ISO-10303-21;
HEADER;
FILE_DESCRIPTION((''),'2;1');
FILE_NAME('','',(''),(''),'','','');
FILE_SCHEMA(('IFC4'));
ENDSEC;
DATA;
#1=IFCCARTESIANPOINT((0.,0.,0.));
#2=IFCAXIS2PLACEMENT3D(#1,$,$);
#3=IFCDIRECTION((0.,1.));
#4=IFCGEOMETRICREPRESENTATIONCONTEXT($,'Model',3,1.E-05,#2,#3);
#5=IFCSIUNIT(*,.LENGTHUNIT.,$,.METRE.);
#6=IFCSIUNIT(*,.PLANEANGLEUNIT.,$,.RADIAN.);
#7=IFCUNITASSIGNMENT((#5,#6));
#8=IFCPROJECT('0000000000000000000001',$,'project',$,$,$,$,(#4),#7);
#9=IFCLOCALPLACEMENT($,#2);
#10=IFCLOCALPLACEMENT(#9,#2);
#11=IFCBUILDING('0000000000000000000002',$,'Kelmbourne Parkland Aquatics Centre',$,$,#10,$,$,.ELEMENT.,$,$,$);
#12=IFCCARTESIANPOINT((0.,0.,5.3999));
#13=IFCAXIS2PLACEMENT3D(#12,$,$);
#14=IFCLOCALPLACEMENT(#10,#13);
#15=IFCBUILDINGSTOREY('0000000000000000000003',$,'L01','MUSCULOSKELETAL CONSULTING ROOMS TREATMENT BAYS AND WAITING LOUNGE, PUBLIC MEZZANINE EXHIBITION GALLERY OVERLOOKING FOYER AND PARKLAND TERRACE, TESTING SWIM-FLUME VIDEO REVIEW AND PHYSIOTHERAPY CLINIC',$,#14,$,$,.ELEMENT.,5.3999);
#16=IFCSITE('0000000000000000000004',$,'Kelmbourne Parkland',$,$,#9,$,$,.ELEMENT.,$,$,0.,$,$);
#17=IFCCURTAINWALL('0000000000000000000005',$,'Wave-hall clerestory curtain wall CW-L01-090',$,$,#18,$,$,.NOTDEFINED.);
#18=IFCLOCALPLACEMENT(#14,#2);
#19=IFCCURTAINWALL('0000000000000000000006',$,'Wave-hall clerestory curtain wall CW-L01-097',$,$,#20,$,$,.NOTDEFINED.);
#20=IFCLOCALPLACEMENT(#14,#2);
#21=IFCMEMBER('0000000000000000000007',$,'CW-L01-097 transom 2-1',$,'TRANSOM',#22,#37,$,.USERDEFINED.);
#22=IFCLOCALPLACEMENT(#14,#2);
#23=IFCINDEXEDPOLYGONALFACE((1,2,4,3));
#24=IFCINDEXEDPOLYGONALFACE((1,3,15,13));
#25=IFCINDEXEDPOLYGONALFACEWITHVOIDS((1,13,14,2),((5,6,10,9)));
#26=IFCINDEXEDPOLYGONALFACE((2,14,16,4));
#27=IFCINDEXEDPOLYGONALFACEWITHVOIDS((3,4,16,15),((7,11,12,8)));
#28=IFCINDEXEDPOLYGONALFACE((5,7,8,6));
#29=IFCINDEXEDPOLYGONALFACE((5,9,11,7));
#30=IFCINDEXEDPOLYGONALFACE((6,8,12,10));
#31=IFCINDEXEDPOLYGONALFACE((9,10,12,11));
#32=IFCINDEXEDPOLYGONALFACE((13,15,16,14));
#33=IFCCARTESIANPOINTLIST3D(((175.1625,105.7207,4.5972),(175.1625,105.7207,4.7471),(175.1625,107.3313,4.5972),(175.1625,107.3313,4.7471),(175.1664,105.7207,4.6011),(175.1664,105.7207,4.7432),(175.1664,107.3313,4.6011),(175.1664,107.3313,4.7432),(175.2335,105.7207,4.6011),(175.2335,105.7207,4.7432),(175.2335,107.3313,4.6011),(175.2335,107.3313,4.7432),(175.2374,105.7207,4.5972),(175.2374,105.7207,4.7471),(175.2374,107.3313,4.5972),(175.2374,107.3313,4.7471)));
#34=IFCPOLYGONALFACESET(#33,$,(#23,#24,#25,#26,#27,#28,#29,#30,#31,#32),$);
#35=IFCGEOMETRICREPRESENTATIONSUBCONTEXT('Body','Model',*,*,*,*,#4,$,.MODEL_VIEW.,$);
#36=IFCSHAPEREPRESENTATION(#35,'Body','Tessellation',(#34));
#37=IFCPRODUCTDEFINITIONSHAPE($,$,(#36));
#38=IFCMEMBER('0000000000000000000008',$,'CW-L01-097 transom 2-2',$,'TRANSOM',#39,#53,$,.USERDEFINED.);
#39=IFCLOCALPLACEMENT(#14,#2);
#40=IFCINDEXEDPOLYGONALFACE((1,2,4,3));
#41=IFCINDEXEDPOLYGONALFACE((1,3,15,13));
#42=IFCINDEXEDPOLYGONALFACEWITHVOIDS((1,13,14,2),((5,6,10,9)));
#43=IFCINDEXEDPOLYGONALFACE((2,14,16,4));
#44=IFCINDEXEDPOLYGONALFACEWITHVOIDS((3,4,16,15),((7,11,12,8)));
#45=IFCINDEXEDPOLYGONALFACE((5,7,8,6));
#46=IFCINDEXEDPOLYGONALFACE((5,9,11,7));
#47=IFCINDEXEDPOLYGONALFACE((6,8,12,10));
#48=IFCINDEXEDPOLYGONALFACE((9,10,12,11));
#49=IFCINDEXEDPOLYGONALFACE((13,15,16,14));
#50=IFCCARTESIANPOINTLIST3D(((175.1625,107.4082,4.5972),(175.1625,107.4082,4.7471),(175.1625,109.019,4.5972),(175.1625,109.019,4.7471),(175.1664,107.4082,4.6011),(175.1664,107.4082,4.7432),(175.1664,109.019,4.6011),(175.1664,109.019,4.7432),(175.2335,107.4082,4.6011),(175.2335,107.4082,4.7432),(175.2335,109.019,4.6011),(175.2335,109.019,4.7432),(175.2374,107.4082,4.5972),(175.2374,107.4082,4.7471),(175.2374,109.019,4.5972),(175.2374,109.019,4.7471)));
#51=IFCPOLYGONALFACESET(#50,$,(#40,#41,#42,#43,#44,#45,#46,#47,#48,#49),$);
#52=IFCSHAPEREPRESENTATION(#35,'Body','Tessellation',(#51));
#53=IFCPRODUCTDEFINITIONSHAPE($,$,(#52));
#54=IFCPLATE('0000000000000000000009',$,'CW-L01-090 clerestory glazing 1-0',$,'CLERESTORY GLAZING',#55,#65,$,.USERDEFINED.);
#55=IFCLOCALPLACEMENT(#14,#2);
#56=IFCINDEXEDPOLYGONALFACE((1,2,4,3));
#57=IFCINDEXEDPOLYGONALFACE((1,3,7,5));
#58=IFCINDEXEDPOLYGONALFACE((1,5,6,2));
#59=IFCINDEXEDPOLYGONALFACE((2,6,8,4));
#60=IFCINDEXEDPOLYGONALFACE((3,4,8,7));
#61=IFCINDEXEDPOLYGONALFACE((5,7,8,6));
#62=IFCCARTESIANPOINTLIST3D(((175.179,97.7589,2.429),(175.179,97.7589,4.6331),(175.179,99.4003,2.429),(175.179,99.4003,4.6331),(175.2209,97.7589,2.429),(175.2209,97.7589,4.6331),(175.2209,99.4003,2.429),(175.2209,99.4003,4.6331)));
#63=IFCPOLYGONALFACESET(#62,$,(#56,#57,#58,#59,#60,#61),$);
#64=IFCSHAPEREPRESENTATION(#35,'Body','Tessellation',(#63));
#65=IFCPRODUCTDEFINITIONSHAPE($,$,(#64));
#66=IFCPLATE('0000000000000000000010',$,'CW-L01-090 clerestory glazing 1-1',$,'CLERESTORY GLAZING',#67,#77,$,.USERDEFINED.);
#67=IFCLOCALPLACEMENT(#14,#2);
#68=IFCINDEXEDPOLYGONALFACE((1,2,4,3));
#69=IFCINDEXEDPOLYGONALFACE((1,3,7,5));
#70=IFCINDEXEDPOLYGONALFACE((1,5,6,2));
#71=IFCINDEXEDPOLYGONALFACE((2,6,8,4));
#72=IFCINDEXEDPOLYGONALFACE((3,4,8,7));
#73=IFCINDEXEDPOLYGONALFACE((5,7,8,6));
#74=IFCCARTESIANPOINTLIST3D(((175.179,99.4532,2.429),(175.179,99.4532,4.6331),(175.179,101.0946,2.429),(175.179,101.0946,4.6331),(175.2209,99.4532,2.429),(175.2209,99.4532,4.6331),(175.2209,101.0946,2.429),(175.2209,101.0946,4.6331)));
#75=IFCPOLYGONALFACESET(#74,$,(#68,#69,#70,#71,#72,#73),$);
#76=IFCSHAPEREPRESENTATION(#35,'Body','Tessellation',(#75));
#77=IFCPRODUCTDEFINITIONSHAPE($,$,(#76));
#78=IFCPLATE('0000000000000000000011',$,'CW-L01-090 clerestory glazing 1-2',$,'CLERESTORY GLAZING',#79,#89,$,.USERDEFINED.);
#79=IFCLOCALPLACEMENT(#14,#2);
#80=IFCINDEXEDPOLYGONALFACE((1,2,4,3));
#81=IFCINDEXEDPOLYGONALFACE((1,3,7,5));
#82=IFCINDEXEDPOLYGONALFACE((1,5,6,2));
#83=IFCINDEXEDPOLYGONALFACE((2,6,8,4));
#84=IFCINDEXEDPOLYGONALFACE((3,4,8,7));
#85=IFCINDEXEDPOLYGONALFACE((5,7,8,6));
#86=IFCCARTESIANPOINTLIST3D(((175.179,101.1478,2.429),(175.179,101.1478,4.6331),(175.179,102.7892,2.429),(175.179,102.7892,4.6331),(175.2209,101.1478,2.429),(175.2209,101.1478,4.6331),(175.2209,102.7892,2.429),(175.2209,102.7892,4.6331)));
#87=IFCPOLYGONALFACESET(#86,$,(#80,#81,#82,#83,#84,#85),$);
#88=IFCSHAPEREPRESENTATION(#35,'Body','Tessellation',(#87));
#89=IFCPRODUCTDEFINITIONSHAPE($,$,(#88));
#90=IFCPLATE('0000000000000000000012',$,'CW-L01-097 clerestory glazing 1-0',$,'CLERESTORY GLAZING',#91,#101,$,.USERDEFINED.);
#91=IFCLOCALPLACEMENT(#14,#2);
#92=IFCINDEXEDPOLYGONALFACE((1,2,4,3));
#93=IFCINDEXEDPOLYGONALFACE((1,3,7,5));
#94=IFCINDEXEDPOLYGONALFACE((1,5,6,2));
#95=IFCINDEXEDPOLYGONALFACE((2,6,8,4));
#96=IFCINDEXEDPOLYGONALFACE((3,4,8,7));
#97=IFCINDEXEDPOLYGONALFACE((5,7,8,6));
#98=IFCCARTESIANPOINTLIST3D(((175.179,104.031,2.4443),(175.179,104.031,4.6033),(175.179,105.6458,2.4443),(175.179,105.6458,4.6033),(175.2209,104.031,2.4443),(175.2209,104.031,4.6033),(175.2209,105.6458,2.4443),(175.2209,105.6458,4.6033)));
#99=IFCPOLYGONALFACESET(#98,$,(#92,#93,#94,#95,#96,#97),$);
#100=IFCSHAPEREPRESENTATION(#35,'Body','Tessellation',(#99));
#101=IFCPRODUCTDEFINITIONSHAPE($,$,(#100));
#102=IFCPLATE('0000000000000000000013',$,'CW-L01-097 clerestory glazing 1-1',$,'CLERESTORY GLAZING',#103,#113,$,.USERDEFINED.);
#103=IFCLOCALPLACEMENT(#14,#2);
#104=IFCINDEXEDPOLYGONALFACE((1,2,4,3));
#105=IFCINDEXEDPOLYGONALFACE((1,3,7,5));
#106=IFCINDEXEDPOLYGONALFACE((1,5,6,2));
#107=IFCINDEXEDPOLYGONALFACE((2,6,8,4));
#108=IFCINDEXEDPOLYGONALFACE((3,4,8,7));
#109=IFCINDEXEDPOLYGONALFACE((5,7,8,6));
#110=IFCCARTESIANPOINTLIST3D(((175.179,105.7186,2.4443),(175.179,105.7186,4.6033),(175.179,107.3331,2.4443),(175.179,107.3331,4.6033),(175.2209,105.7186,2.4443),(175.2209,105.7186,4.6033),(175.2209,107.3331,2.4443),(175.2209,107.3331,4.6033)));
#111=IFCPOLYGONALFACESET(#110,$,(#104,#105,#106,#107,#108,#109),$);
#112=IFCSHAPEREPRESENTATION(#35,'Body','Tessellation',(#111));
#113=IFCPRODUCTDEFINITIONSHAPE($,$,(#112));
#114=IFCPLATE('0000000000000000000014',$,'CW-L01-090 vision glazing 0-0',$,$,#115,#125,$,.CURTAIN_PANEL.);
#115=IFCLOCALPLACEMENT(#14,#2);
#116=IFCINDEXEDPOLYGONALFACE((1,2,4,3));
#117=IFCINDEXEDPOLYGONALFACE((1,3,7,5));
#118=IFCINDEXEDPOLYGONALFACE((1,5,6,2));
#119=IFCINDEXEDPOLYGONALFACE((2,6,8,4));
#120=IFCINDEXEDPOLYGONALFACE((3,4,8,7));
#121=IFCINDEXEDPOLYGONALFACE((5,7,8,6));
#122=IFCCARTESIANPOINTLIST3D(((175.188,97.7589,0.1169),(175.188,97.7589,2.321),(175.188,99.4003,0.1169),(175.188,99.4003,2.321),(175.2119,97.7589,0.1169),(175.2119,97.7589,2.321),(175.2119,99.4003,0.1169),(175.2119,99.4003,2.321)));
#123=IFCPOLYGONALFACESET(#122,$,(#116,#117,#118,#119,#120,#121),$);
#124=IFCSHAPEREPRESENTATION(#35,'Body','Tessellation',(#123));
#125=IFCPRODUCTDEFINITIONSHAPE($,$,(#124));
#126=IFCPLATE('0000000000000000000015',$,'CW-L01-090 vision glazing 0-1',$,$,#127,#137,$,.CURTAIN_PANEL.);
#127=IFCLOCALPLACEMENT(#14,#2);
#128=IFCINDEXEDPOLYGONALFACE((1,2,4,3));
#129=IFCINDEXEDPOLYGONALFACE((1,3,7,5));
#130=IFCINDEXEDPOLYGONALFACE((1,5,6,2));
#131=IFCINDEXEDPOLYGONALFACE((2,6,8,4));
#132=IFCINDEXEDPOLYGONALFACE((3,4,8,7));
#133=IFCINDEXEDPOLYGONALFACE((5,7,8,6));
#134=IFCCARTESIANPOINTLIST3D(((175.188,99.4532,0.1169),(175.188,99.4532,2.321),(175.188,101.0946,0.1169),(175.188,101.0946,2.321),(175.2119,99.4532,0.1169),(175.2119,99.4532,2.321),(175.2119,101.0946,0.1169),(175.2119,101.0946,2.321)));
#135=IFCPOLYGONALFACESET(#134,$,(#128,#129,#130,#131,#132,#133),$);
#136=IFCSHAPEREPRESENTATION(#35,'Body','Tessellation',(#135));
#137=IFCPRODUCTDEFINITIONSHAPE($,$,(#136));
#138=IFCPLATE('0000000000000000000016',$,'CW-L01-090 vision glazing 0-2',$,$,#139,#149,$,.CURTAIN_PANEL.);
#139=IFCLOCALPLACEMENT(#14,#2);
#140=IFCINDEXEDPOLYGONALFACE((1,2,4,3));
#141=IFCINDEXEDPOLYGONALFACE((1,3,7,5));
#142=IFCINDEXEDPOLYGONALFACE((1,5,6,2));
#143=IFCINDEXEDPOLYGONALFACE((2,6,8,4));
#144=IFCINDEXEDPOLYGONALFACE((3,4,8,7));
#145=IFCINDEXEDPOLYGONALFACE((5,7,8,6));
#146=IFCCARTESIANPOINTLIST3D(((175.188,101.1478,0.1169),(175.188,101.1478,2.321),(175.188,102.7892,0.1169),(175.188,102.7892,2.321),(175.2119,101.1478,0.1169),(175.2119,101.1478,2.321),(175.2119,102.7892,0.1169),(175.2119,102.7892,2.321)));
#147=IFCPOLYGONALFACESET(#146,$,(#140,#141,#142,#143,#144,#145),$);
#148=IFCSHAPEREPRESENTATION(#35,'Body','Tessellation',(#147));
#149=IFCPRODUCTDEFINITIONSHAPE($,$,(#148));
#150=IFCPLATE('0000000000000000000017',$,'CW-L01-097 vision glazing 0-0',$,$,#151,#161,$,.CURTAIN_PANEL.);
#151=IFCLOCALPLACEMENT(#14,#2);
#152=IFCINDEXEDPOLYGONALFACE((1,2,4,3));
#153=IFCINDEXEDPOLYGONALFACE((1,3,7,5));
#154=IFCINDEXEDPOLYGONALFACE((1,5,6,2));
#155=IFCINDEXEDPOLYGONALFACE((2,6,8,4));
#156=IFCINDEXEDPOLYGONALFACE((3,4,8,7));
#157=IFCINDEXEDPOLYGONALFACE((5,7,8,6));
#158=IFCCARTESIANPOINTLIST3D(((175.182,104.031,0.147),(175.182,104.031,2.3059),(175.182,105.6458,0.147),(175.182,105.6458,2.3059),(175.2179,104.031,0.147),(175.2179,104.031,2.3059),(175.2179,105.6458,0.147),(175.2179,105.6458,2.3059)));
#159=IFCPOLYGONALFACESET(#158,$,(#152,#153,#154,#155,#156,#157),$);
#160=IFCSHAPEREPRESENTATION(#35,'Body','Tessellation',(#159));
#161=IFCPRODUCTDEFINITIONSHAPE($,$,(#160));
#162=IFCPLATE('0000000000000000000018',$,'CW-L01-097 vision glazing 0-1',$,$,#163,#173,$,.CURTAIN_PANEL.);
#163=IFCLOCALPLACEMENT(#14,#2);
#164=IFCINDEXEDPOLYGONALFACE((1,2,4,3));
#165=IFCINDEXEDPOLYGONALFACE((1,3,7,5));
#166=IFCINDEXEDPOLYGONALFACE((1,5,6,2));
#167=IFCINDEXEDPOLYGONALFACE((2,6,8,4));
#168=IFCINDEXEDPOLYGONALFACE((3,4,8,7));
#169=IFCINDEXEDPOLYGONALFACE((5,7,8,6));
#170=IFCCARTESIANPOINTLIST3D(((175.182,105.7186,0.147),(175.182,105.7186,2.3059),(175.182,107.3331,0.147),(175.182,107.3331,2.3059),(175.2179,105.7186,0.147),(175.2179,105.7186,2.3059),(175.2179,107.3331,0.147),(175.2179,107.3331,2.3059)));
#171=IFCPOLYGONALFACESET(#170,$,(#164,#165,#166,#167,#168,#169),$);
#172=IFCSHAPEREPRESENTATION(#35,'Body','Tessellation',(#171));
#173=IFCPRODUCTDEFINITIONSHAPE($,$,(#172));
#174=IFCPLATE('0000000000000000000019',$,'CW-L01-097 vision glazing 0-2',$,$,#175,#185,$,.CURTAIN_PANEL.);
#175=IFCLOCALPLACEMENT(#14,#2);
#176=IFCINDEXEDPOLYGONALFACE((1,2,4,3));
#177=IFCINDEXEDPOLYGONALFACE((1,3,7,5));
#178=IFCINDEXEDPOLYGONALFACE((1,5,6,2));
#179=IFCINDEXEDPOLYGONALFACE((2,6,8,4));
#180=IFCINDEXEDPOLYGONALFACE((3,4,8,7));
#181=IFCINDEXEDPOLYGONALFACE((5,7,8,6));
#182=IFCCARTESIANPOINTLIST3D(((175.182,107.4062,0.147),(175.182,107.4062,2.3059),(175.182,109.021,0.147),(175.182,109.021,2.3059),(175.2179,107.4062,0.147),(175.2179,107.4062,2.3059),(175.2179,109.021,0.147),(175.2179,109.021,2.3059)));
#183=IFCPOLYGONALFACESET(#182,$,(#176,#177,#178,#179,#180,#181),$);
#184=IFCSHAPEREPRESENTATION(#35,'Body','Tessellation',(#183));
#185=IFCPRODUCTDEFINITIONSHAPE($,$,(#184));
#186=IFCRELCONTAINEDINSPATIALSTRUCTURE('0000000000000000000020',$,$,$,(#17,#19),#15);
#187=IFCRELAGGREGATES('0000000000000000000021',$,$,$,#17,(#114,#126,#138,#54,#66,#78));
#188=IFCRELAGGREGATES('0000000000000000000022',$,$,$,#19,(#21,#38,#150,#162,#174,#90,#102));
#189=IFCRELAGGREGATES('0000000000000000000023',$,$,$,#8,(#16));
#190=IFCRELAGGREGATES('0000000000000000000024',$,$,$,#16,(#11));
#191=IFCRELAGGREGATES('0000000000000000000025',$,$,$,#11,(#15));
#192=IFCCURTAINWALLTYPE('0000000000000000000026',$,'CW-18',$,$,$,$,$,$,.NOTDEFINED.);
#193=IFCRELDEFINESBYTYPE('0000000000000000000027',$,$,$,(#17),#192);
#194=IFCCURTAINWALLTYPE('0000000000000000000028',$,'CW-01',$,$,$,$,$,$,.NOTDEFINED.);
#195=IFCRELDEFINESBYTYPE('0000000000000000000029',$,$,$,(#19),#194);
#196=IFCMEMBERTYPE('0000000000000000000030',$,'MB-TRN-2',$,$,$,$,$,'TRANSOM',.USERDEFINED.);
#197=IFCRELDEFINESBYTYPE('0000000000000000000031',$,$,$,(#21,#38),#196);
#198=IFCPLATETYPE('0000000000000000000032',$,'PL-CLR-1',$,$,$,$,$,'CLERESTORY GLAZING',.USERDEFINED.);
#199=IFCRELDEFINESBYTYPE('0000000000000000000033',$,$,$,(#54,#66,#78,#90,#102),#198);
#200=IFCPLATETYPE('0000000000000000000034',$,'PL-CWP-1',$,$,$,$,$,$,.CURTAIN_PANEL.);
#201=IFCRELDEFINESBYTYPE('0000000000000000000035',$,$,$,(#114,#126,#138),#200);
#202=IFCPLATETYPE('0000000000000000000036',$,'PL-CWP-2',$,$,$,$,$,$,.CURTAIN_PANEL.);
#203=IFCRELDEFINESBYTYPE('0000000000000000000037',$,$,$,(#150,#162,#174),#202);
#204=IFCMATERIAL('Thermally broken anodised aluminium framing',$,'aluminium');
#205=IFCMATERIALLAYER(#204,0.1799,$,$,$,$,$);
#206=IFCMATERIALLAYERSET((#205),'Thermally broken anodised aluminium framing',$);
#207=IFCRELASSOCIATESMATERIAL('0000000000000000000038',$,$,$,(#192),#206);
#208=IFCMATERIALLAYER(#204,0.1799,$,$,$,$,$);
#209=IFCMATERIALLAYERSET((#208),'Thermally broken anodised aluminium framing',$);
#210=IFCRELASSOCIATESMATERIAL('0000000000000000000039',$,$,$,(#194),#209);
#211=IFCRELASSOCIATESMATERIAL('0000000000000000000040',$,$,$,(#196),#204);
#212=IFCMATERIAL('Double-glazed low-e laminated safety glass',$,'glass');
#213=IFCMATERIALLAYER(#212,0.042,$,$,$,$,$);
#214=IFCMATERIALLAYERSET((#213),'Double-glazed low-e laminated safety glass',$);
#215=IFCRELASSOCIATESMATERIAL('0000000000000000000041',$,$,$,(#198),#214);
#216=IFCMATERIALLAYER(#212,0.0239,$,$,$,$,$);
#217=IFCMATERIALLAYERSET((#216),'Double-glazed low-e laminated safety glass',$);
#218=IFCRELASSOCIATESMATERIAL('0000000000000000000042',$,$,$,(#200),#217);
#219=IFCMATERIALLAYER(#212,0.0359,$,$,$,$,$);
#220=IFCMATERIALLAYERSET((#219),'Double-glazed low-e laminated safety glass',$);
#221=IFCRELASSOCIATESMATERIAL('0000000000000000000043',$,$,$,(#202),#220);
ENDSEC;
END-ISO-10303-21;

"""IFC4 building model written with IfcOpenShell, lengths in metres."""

from ifc_helpers import new_model, si_unit, direction, frame, origin, origin_2d, place, context, subcontext, project, spatial, rectangle, hollow_rectangle, extrude, material, layer, layer_set, material_profile, profile_set, type_object, element, aggregate, save


model = new_model("IFC4")

# Units and contexts
model_context = context("Model", 3, precision=1e-05, world=origin(), true_north=direction((0.0, 1.0)))
body_context = subcontext(model_context, "Body", "Model", "MODEL_VIEW")
ifc_project = project(units=[si_unit("LENGTHUNIT", "METRE"), si_unit("PLANEANGLEUNIT", "RADIAN")], contexts=[model_context])

# Site, building, storey
site_placement = place(None, origin())
site = spatial("IfcSite", under=ifc_project, at=site_placement, Name="Kelmbourne Parkland", CompositionType="ELEMENT", RefElevation=0.0)
building_placement = place(site_placement, origin())
building = spatial("IfcBuilding", under=site, at=building_placement, Name="Kelmbourne Parkland Aquatics Centre", CompositionType="ELEMENT")
storey_placement = place(building_placement, frame((0.0, 0.0, 5.3999)))
storey = spatial("IfcBuildingStorey", under=building, at=storey_placement, Name="L01", Description="MUSCULOSKELETAL CONSULTING ROOMS TREATMENT BAYS AND WAITING LOUNGE, PUBLIC MEZZANINE EXHIBITION GALLERY OVERLOOKING FOYER AND PARKLAND TERRACE, TESTING SWIM-FLUME VIDEO REVIEW AND PHYSIOTHERAPY CLINIC", CompositionType="ELEMENT", Elevation=5.3999)

# Curtain walls
ifc_material_1 = material(Name="Thermally broken anodised aluminium framing", Category="aluminium")
ifc_layer_1 = layer(ifc_material_1, 0.1799)
ifc_layer_set_1 = layer_set([ifc_layer_1], Name="Thermally broken anodised aluminium framing")
curtain_wall_type_1 = type_object("IfcCurtainWallType", Name="CW-18", PredefinedType="NOTDEFINED", material=ifc_layer_set_1)
curtain_wall_1_placement = place(storey_placement, origin())
curtain_wall_1 = element("IfcCurtainWall", 1, at=curtain_wall_1_placement, inside=storey, type_object=curtain_wall_type_1, Name="Wave-hall clerestory curtain wall CW-L01-090", PredefinedType="NOTDEFINED")
ifc_layer_2 = layer(ifc_material_1, 0.1799)
ifc_layer_set_2 = layer_set([ifc_layer_2], Name="Thermally broken anodised aluminium framing")
curtain_wall_type_2 = type_object("IfcCurtainWallType", Name="CW-01", PredefinedType="NOTDEFINED", material=ifc_layer_set_2)
curtain_wall_2_placement = place(storey_placement, origin())
curtain_wall_2 = element("IfcCurtainWall", 2, at=curtain_wall_2_placement, inside=storey, type_object=curtain_wall_type_2, Name="Wave-hall clerestory curtain wall CW-L01-097", PredefinedType="NOTDEFINED")

# Members
ifc_material_profile_1 = material_profile(ifc_material_1, hollow_rectangle(XDim=0.075, YDim=0.1499, WallThickness=0.0039, at=origin_2d()), Name="CW-T 75x150")
ifc_profile_set_1 = profile_set([ifc_material_profile_1], Name="Thermally broken anodised aluminium framing")
member_type_1 = type_object("IfcMemberType", Name="MB-TRN-2", ElementType="TRANSOM", PredefinedType="USERDEFINED", material=ifc_profile_set_1)
member_1_placement = place(storey_placement, frame((175.2, 105.7207, 4.6721), z_axis=(0.0, 1.0, 0.0), x_axis=(-1.0, 0.0, 0.0)))
member_1 = element("IfcMember", 3, at=member_1_placement, type_object=member_type_1, Name="CW-L01-097 transom 2-1", ObjectType="TRANSOM", PredefinedType="USERDEFINED", context=body_context, shape_type="SweptSolid", body=[
    extrude(hollow_rectangle(XDim=0.075, YDim=0.1499, WallThickness=0.0039, at=origin_2d()), origin(), (0.0, 0.0, 1.0), 1.6106),
])
member_2_placement = place(storey_placement, frame((175.2, 107.4082, 4.6721), z_axis=(0.0, 1.0, 0.0), x_axis=(-1.0, 0.0, 0.0)))
member_2 = element("IfcMember", 4, at=member_2_placement, type_object=member_type_1, Name="CW-L01-097 transom 2-2", ObjectType="TRANSOM", PredefinedType="USERDEFINED", context=body_context, shape_type="SweptSolid", body=[
    extrude(hollow_rectangle(XDim=0.075, YDim=0.1499, WallThickness=0.0039, at=origin_2d()), origin(), (0.0, 0.0, 1.0), 1.6108),
])

# Plates
ifc_material_2 = material(Name="Double-glazed low-e laminated safety glass", Category="glass")
ifc_layer_3 = layer(ifc_material_2, 0.042)
ifc_layer_set_3 = layer_set([ifc_layer_3], Name="Double-glazed low-e laminated safety glass")
plate_type_1 = type_object("IfcPlateType", Name="PL-CLR-1", ElementType="CLERESTORY GLAZING", PredefinedType="USERDEFINED", material=ifc_layer_set_3)
plate_1_placement = place(storey_placement, frame((175.2, 98.5796, 2.429), z_axis=(0.0, 0.0, 1.0), x_axis=(0.0, 1.0, 0.0)))
plate_1 = element("IfcPlate", 5, at=plate_1_placement, type_object=plate_type_1, Name="CW-L01-090 clerestory glazing 1-0", ObjectType="CLERESTORY GLAZING", PredefinedType="USERDEFINED", context=body_context, shape_type="SweptSolid", body=[
    extrude(rectangle(XDim=1.6414, YDim=0.042, at=origin_2d()), origin(), (0.0, 0.0, 1.0), 2.2041),
])
plate_2_placement = place(storey_placement, frame((175.2, 100.2739, 2.429), z_axis=(0.0, 0.0, 1.0), x_axis=(0.0, 1.0, 0.0)))
plate_2 = element("IfcPlate", 6, at=plate_2_placement, type_object=plate_type_1, Name="CW-L01-090 clerestory glazing 1-1", ObjectType="CLERESTORY GLAZING", PredefinedType="USERDEFINED", context=body_context, shape_type="SweptSolid", body=[
    extrude(rectangle(XDim=1.6414, YDim=0.042, at=origin_2d()), origin(), (0.0, 0.0, 1.0), 2.2041),
])
plate_3_placement = place(storey_placement, frame((175.2, 101.9685, 2.429), z_axis=(0.0, 0.0, 1.0), x_axis=(0.0, 1.0, 0.0)))
plate_3 = element("IfcPlate", 7, at=plate_3_placement, type_object=plate_type_1, Name="CW-L01-090 clerestory glazing 1-2", ObjectType="CLERESTORY GLAZING", PredefinedType="USERDEFINED", context=body_context, shape_type="SweptSolid", body=[
    extrude(rectangle(XDim=1.6414, YDim=0.042, at=origin_2d()), origin(), (0.0, 0.0, 1.0), 2.2041),
])
plate_4_placement = place(storey_placement, frame((175.2, 104.8384, 2.4443), z_axis=(0.0, 0.0, 1.0), x_axis=(0.0, 1.0, 0.0)))
plate_4 = element("IfcPlate", 8, at=plate_4_placement, type_object=plate_type_1, Name="CW-L01-097 clerestory glazing 1-0", ObjectType="CLERESTORY GLAZING", PredefinedType="USERDEFINED", context=body_context, shape_type="SweptSolid", body=[
    extrude(rectangle(XDim=1.6147, YDim=0.042, at=origin_2d()), origin(), (0.0, 0.0, 1.0), 2.1589),
])
plate_5_placement = place(storey_placement, frame((175.2, 106.5259, 2.4443), z_axis=(0.0, 0.0, 1.0), x_axis=(0.0, 1.0, 0.0)))
plate_5 = element("IfcPlate", 9, at=plate_5_placement, type_object=plate_type_1, Name="CW-L01-097 clerestory glazing 1-1", ObjectType="CLERESTORY GLAZING", PredefinedType="USERDEFINED", context=body_context, shape_type="SweptSolid", body=[
    extrude(rectangle(XDim=1.6145, YDim=0.042, at=origin_2d()), origin(), (0.0, 0.0, 1.0), 2.1589),
])
ifc_layer_4 = layer(ifc_material_2, 0.0239)
ifc_layer_set_4 = layer_set([ifc_layer_4], Name="Double-glazed low-e laminated safety glass")
plate_type_2 = type_object("IfcPlateType", Name="PL-CWP-1", PredefinedType="CURTAIN_PANEL", material=ifc_layer_set_4)
plate_6_placement = place(storey_placement, frame((175.2, 98.5796, 0.1169), z_axis=(0.0, 0.0, 1.0), x_axis=(0.0, 1.0, 0.0)))
plate_6 = element("IfcPlate", 10, at=plate_6_placement, type_object=plate_type_2, Name="CW-L01-090 vision glazing 0-0", PredefinedType="CURTAIN_PANEL", context=body_context, shape_type="SweptSolid", body=[
    extrude(rectangle(XDim=1.6414, YDim=0.0239, at=origin_2d()), origin(), (0.0, 0.0, 1.0), 2.2041),
])
plate_7_placement = place(storey_placement, frame((175.2, 100.2739, 0.1169), z_axis=(0.0, 0.0, 1.0), x_axis=(0.0, 1.0, 0.0)))
plate_7 = element("IfcPlate", 11, at=plate_7_placement, type_object=plate_type_2, Name="CW-L01-090 vision glazing 0-1", PredefinedType="CURTAIN_PANEL", context=body_context, shape_type="SweptSolid", body=[
    extrude(rectangle(XDim=1.6414, YDim=0.0239, at=origin_2d()), origin(), (0.0, 0.0, 1.0), 2.2041),
])
plate_8_placement = place(storey_placement, frame((175.2, 101.9685, 0.1169), z_axis=(0.0, 0.0, 1.0), x_axis=(0.0, 1.0, 0.0)))
plate_8 = element("IfcPlate", 12, at=plate_8_placement, type_object=plate_type_2, Name="CW-L01-090 vision glazing 0-2", PredefinedType="CURTAIN_PANEL", context=body_context, shape_type="SweptSolid", body=[
    extrude(rectangle(XDim=1.6414, YDim=0.0239, at=origin_2d()), origin(), (0.0, 0.0, 1.0), 2.2041),
])
aggregate(curtain_wall_1, [plate_6, plate_7, plate_8, plate_1, plate_2, plate_3])
ifc_layer_5 = layer(ifc_material_2, 0.0359)
ifc_layer_set_5 = layer_set([ifc_layer_5], Name="Double-glazed low-e laminated safety glass")
plate_type_3 = type_object("IfcPlateType", Name="PL-CWP-2", PredefinedType="CURTAIN_PANEL", material=ifc_layer_set_5)
plate_9_placement = place(storey_placement, frame((175.2, 104.8384, 0.147), z_axis=(0.0, 0.0, 1.0), x_axis=(0.0, 1.0, 0.0)))
plate_9 = element("IfcPlate", 13, at=plate_9_placement, type_object=plate_type_3, Name="CW-L01-097 vision glazing 0-0", PredefinedType="CURTAIN_PANEL", context=body_context, shape_type="SweptSolid", body=[
    extrude(rectangle(XDim=1.6147, YDim=0.0359, at=origin_2d()), origin(), (0.0, 0.0, 1.0), 2.1589),
])
plate_10_placement = place(storey_placement, frame((175.2, 106.5259, 0.147), z_axis=(0.0, 0.0, 1.0), x_axis=(0.0, 1.0, 0.0)))
plate_10 = element("IfcPlate", 14, at=plate_10_placement, type_object=plate_type_3, Name="CW-L01-097 vision glazing 0-1", PredefinedType="CURTAIN_PANEL", context=body_context, shape_type="SweptSolid", body=[
    extrude(rectangle(XDim=1.6145, YDim=0.0359, at=origin_2d()), origin(), (0.0, 0.0, 1.0), 2.1589),
])
plate_11_placement = place(storey_placement, frame((175.2, 108.2136, 0.147), z_axis=(0.0, 0.0, 1.0), x_axis=(0.0, 1.0, 0.0)))
plate_11 = element("IfcPlate", 15, at=plate_11_placement, type_object=plate_type_3, Name="CW-L01-097 vision glazing 0-2", PredefinedType="CURTAIN_PANEL", context=body_context, shape_type="SweptSolid", body=[
    extrude(rectangle(XDim=1.6147, YDim=0.0359, at=origin_2d()), origin(), (0.0, 0.0, 1.0), 2.1589),
])
aggregate(curtain_wall_2, [member_1, member_2, plate_9, plate_10, plate_11, plate_4, plate_5])

save(model, "model.ifc")
